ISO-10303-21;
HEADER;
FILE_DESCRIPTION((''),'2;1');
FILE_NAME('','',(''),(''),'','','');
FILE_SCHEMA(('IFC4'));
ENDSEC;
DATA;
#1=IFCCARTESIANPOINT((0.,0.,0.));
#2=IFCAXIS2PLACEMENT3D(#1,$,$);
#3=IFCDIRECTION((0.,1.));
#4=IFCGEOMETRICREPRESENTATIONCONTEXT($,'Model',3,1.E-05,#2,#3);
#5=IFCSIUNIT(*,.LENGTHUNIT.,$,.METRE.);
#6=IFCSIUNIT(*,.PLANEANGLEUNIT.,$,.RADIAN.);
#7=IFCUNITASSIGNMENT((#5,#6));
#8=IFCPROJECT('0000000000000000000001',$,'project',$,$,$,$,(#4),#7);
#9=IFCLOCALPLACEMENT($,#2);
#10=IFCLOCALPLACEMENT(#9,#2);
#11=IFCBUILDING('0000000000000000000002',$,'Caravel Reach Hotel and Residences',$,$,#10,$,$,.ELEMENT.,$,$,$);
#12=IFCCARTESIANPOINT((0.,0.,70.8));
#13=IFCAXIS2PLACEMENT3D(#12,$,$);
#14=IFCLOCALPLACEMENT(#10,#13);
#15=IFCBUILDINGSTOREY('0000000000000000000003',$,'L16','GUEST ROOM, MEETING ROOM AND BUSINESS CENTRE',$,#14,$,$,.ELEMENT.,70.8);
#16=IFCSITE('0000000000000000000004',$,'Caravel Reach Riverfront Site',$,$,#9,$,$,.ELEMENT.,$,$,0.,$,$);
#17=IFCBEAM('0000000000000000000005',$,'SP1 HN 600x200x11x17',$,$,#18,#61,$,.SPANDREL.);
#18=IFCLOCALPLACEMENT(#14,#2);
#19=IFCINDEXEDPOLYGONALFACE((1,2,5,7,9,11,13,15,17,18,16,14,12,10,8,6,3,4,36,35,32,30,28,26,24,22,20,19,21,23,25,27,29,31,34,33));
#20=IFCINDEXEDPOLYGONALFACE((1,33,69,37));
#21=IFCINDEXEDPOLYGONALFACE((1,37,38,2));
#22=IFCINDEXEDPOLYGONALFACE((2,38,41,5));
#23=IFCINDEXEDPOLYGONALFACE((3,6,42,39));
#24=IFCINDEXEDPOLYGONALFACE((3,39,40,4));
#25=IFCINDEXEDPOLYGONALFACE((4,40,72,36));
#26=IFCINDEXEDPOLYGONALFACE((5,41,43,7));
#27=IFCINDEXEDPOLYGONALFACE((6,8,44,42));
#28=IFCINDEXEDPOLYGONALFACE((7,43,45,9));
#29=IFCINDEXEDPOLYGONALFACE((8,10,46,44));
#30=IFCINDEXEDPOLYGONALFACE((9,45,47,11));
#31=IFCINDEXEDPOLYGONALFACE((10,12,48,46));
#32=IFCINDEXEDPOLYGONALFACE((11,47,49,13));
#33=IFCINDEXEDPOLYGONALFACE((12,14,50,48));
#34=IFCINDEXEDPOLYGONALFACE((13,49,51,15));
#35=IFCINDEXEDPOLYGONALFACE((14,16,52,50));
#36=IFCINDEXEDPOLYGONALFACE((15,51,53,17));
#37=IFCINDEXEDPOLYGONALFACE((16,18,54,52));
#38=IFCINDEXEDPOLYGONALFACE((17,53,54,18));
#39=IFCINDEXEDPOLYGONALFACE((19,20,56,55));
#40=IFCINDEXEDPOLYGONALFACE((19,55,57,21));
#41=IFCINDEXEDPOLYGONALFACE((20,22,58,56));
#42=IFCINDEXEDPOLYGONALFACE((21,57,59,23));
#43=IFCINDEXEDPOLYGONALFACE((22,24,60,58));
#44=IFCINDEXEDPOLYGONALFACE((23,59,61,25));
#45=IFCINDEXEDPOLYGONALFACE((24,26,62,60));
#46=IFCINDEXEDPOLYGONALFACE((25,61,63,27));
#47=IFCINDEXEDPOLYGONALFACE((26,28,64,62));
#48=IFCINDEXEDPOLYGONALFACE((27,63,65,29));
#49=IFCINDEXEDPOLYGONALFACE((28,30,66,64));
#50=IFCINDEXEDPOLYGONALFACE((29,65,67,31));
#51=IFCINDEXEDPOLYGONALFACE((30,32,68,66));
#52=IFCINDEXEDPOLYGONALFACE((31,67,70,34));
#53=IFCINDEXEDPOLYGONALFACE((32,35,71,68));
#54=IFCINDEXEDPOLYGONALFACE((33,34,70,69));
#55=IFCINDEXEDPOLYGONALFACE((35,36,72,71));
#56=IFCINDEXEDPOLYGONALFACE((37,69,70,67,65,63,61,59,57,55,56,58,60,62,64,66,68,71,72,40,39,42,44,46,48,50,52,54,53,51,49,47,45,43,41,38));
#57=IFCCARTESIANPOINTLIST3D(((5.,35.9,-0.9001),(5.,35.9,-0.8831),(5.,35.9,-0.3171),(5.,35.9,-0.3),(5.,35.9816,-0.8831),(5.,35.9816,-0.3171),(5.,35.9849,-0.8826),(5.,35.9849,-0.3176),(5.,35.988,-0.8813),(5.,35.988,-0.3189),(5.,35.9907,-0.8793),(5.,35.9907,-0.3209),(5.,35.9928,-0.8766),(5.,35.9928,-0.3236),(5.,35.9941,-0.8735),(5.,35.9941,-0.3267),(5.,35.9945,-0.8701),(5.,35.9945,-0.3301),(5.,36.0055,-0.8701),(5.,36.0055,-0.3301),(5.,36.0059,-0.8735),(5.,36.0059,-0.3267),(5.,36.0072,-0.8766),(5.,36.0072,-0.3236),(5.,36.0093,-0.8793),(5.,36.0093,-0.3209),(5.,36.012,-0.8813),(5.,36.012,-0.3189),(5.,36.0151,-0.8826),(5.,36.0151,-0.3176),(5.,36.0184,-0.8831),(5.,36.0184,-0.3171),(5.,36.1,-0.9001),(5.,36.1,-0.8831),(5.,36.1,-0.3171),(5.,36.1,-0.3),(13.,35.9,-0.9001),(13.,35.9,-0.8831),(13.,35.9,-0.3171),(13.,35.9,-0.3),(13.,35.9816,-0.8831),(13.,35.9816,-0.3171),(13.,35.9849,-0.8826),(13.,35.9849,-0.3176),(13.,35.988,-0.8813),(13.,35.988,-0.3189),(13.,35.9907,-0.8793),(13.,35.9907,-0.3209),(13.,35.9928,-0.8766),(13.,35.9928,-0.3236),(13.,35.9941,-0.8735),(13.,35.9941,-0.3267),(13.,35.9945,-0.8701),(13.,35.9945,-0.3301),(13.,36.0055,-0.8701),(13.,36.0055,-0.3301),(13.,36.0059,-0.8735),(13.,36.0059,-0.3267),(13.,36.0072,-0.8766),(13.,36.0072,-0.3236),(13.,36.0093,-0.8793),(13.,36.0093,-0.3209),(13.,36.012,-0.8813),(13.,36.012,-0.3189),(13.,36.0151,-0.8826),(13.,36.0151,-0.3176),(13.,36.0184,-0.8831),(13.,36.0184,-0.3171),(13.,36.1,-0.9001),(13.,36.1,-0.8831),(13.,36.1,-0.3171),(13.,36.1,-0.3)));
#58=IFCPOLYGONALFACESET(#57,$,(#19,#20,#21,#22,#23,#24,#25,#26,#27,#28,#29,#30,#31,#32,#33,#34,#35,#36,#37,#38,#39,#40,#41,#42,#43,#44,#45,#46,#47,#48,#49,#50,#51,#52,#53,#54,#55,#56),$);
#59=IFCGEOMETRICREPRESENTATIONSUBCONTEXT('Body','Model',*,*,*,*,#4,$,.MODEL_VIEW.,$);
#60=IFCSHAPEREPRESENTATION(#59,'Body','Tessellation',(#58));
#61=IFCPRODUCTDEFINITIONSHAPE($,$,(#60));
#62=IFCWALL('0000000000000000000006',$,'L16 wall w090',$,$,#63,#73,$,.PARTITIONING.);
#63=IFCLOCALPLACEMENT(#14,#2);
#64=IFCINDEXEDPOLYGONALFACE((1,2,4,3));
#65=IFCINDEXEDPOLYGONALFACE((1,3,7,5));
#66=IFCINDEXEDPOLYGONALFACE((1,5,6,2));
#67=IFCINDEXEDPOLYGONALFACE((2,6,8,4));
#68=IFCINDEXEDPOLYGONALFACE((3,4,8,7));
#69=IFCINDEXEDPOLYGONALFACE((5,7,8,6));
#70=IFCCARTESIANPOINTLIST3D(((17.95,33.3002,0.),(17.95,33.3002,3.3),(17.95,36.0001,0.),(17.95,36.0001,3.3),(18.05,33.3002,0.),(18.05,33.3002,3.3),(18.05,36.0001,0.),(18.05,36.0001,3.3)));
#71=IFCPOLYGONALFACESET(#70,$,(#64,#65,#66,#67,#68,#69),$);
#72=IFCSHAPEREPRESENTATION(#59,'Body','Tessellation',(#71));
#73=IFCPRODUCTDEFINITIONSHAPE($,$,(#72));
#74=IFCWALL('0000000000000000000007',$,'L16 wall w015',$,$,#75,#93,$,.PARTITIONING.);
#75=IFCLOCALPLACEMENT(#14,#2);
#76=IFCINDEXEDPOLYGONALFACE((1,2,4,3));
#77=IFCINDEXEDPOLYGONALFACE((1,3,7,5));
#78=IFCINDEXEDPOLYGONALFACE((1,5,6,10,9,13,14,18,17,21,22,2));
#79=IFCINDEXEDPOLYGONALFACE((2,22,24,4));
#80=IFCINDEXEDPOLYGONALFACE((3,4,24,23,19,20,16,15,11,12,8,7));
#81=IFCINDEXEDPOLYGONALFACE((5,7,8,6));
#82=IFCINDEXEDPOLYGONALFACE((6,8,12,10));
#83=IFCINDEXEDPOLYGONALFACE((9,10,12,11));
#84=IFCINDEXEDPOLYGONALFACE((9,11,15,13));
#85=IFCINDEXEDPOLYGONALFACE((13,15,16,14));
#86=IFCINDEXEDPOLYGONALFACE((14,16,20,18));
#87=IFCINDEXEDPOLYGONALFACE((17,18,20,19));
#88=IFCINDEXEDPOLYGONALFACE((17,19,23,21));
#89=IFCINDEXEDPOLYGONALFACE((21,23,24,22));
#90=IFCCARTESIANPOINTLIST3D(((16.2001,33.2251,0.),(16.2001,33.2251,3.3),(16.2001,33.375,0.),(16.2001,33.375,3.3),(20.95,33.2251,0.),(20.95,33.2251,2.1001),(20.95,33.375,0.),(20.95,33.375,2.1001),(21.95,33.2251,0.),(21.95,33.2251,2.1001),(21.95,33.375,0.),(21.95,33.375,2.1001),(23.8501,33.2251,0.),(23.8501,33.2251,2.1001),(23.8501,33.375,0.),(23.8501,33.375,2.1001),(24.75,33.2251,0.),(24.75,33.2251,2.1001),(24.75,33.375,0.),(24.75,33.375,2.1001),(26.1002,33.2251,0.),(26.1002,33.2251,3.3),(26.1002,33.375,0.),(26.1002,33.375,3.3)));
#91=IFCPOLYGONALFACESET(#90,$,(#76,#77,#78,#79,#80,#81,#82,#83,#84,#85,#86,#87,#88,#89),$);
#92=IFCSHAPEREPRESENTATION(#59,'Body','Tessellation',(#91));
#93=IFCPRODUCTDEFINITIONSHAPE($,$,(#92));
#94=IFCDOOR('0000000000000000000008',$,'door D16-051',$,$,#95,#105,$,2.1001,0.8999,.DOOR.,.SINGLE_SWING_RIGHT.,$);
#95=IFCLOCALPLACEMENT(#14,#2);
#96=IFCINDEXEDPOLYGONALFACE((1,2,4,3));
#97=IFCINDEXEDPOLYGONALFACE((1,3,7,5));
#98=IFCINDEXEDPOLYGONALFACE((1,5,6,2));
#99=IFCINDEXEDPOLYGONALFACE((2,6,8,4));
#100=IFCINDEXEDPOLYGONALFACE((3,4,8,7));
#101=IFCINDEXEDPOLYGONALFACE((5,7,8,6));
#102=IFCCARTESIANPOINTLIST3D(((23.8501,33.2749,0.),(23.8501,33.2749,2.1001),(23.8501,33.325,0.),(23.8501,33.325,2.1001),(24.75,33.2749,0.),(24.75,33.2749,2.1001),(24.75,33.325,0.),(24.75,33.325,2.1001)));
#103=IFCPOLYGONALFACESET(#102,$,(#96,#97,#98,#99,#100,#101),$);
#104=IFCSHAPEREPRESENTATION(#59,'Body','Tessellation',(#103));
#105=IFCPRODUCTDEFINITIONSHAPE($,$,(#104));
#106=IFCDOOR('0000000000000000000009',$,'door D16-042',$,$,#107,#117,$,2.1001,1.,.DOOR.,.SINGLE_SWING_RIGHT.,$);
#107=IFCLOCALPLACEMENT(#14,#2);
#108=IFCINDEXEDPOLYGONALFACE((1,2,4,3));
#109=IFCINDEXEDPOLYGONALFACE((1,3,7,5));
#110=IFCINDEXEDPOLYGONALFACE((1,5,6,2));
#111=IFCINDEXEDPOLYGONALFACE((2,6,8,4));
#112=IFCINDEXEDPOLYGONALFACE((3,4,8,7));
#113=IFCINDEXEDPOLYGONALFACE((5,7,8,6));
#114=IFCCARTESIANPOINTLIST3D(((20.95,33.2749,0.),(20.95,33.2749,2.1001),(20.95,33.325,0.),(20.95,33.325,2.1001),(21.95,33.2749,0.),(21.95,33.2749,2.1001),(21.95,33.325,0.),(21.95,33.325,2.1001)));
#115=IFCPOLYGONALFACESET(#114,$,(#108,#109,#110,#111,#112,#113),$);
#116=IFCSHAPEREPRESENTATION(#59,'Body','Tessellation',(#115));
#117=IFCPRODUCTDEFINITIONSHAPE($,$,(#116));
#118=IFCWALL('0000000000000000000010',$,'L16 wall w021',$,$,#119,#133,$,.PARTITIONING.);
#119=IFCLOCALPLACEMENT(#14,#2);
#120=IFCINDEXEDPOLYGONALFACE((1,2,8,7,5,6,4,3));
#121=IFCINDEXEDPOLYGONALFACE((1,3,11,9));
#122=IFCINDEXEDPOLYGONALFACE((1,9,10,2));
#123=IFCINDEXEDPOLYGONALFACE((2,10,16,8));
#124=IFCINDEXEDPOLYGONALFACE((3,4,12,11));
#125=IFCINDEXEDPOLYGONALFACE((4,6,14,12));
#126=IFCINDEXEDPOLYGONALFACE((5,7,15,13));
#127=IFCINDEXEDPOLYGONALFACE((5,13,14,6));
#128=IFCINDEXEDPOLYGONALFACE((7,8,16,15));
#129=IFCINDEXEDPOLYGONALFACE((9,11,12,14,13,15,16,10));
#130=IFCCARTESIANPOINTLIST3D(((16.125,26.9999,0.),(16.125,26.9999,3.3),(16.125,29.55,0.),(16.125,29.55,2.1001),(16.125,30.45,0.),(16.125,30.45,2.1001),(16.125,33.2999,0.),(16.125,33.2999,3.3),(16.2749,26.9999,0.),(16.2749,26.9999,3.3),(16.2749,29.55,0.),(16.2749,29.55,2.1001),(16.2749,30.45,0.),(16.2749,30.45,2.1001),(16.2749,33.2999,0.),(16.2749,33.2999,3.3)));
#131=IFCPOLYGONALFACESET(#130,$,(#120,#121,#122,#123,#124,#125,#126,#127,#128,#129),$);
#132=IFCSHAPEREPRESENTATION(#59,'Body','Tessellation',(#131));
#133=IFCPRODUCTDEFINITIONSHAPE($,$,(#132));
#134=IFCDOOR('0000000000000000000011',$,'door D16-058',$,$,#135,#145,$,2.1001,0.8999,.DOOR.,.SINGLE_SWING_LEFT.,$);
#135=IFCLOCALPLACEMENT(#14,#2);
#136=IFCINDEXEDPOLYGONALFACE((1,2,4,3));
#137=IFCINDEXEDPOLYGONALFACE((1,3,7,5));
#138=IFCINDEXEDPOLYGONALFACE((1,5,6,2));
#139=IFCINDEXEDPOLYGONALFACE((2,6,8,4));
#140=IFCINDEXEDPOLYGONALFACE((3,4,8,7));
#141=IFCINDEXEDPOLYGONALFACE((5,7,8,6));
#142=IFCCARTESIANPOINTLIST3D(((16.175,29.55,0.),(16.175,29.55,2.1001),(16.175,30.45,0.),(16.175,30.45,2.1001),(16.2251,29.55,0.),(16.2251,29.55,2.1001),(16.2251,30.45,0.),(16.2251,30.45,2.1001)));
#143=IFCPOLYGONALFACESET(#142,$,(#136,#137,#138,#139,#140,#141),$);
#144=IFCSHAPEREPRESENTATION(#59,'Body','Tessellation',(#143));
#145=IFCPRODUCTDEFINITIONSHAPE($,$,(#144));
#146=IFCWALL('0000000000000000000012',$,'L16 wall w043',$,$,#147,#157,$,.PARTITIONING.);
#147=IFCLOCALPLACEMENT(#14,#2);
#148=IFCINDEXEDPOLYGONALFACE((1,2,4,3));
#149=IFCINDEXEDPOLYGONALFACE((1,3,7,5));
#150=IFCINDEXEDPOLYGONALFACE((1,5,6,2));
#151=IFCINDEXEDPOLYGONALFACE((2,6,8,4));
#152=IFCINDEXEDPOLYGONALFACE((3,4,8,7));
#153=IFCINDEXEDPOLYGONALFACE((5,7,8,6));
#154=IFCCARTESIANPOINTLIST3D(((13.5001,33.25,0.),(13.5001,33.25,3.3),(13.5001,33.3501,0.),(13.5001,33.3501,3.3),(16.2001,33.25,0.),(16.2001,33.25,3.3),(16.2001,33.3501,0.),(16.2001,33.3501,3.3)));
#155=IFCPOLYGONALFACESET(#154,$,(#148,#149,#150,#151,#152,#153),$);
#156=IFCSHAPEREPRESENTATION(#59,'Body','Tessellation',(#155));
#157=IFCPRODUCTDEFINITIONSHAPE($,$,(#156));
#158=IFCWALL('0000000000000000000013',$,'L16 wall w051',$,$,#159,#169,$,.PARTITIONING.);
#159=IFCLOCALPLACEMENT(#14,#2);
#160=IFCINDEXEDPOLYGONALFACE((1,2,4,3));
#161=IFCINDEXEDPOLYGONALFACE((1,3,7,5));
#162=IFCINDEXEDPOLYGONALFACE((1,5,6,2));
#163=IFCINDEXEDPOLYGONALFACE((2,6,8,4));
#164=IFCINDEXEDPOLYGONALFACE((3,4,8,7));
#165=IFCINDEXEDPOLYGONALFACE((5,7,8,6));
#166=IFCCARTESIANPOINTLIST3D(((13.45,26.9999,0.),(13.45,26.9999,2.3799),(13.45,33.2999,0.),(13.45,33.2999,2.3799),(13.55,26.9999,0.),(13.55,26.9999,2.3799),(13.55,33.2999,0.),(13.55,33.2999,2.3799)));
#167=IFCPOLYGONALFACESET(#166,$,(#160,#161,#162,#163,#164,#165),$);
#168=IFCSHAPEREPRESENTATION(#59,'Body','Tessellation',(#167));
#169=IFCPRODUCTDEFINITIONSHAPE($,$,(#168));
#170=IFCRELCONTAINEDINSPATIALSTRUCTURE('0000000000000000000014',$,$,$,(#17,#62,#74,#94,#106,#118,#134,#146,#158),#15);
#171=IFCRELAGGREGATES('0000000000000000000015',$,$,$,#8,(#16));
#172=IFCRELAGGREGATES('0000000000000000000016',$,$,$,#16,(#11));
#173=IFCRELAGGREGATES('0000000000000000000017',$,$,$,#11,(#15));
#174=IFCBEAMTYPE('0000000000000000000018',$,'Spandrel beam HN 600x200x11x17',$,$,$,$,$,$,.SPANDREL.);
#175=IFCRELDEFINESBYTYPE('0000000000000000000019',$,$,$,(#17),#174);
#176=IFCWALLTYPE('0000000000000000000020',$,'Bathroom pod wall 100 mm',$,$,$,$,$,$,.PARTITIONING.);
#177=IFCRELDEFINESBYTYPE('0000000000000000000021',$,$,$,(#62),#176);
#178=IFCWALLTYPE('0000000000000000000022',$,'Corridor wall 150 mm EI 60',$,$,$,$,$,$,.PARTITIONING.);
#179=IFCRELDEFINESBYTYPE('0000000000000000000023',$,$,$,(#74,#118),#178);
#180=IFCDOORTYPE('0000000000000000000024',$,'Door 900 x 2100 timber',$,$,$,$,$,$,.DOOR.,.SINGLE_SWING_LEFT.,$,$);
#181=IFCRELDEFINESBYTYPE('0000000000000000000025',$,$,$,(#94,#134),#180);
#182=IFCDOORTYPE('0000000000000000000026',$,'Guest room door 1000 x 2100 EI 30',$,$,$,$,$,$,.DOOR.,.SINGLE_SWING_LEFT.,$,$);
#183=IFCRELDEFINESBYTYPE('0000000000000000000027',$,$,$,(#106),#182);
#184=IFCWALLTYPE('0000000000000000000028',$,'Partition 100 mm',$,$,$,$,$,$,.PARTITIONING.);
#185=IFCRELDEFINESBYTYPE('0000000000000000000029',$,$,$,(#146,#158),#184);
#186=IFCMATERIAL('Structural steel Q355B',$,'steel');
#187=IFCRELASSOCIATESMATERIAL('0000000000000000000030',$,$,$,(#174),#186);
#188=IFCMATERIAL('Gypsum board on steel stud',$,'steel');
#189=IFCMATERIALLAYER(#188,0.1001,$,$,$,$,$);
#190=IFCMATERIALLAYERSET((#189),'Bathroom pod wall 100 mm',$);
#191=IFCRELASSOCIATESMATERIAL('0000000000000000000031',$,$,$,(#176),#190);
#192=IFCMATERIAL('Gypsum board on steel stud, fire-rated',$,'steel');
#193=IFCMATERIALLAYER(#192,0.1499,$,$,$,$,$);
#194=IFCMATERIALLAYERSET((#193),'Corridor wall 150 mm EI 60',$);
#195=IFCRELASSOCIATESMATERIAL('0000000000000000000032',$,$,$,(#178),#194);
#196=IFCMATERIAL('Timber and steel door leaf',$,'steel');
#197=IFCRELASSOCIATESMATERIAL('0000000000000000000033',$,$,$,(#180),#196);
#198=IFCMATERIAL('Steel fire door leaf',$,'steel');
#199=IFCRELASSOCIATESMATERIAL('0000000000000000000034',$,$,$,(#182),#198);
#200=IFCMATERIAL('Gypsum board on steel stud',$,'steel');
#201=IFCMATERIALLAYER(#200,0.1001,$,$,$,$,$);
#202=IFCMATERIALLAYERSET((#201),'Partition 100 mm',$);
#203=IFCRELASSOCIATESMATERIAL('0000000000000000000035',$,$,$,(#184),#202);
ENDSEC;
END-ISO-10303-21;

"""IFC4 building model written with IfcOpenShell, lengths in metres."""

from ifc_helpers import new_model, si_unit, direction, frame, frame_2d, origin, origin_2d, place, context, subcontext, project, spatial, rectangle, i_section, extrude, material, layer, layer_set, material_profile, profile_set, type_object, element, fill, save


model = new_model("IFC4")

# Units and contexts
model_context = context("Model", 3, precision=1e-05, world=origin(), true_north=direction((0.0, 1.0)))
body_context = subcontext(model_context, "Body", "Model", "MODEL_VIEW")
ifc_project = project(units=[si_unit("LENGTHUNIT", "METRE"), si_unit("PLANEANGLEUNIT", "RADIAN")], contexts=[model_context])

# Site, building, storey
site_placement = place(None, origin())
site = spatial("IfcSite", under=ifc_project, at=site_placement, Name="Caravel Reach Riverfront Site", CompositionType="ELEMENT", RefElevation=0.0)
building_placement = place(site_placement, origin())
building = spatial("IfcBuilding", under=site, at=building_placement, Name="Caravel Reach Hotel and Residences", CompositionType="ELEMENT")
storey_placement = place(building_placement, frame((0.0, 0.0, 70.8)))
storey = spatial("IfcBuildingStorey", under=building, at=storey_placement, Name="L16", Description="GUEST ROOM, MEETING ROOM AND BUSINESS CENTRE", CompositionType="ELEMENT", Elevation=70.8)

# Beam
ifc_material_1 = material(Name="Structural steel Q355B", Category="steel")
ifc_material_profile_1 = material_profile(ifc_material_1, i_section(OverallWidth=0.2, OverallDepth=0.6001, WebThickness=0.011, FlangeThickness=0.0171, FilletRadius=0.0129, at=origin_2d()), Name="HN 600x200x11x17")
ifc_profile_set_1 = profile_set([ifc_material_profile_1], Name="Structural steel Q355B")
beam_type_1 = type_object("IfcBeamType", Name="Spandrel beam HN 600x200x11x17", PredefinedType="SPANDREL", material=ifc_profile_set_1)
beam_1_placement = place(storey_placement, frame((13.0, 36.0, -0.6001), z_axis=(-1.0, 0.0, 0.0), x_axis=(0.0, -1.0, 0.0)))
element("IfcBeam", 1, at=beam_1_placement, inside=storey, type_object=beam_type_1, Name="SP1 HN 600x200x11x17", PredefinedType="SPANDREL", context=body_context, shape_type="SweptSolid", body=[
    extrude(i_section(OverallWidth=0.2, OverallDepth=0.6001, WebThickness=0.011, FlangeThickness=0.0171, FilletRadius=0.0129, at=origin_2d()), origin(), (0.0, 0.0, 1.0), 8.0),
])

# Wall
ifc_material_2 = material(Name="Gypsum board on steel stud", Category="steel")
ifc_layer_1 = layer(ifc_material_2, 0.1001)
ifc_layer_set_1 = layer_set([ifc_layer_1], Name="Bathroom pod wall 100 mm")
wall_type_1 = type_object("IfcWallType", Name="Bathroom pod wall 100 mm", PredefinedType="PARTITIONING", material=ifc_layer_set_1)
wall_1_placement = place(storey_placement, frame((18.0, 33.3, 0.0), z_axis=(0.0, 0.0, 1.0), x_axis=(0.0, 1.0, 0.0)))
element("IfcWall", 2, at=wall_1_placement, inside=storey, type_object=wall_type_1, Name="L16 wall w090", PredefinedType="PARTITIONING", context=body_context, shape_type="SweptSolid", body=[
    extrude(rectangle(XDim=2.7, YDim=0.1001, at=frame_2d((1.3501, 0.0))), origin(), (0.0, 0.0, 1.0), 3.3),
])

# Wall, openings, doors
ifc_material_3 = material(Name="Gypsum board on steel stud, fire-rated", Category="steel")
ifc_layer_2 = layer(ifc_material_3, 0.1499)
ifc_layer_set_2 = layer_set([ifc_layer_2], Name="Corridor wall 150 mm EI 60")
wall_type_2 = type_object("IfcWallType", Name="Corridor wall 150 mm EI 60", PredefinedType="PARTITIONING", material=ifc_layer_set_2)
wall_2_placement = place(storey_placement, frame((16.2, 33.3, 0.0), z_axis=(0.0, 0.0, 1.0), x_axis=(1.0, 0.0, 0.0)))
wall_2 = element("IfcWall", 3, at=wall_2_placement, inside=storey, type_object=wall_type_2, Name="L16 wall w015", PredefinedType="PARTITIONING", context=body_context, shape_type="SweptSolid", body=[
    extrude(rectangle(XDim=9.9001, YDim=0.1499, at=frame_2d((4.9502, 0.0))), origin(), (0.0, 0.0, 1.0), 3.3),
])
opening_1_placement = place(wall_2_placement, frame((4.75, 0.0, 0.0)))
opening_1 = element("IfcOpeningElement", 4, at=opening_1_placement, cuts=wall_2, PredefinedType="OPENING", context=body_context, shape_type="SweptSolid", body=[
    extrude(rectangle(XDim=1.0, YDim=2.1001, at=frame_2d((0.5, 1.05))), frame((0.0, 0.085, 0.0), z_axis=(0.0, -1.0, 0.0), x_axis=(1.0, 0.0, 0.0)), (0.0, 0.0, 1.0), 0.1699),
])
opening_2_placement = place(wall_2_placement, frame((7.6501, 0.0, 0.0)))
opening_2 = element("IfcOpeningElement", 5, at=opening_2_placement, cuts=wall_2, PredefinedType="OPENING", context=body_context, shape_type="SweptSolid", body=[
    extrude(rectangle(XDim=0.8999, YDim=2.1001, at=frame_2d((0.45, 1.05))), frame((0.0, 0.085, 0.0), z_axis=(0.0, -1.0, 0.0), x_axis=(1.0, 0.0, 0.0)), (0.0, 0.0, 1.0), 0.1699),
])
ifc_material_4 = material(Name="Timber and steel door leaf", Category="steel")
door_type_1 = type_object("IfcDoorType", Name="Door 900 x 2100 timber", OperationType="SINGLE_SWING_LEFT", PredefinedType="DOOR", material=ifc_material_4)
door_1_placement = place(opening_2_placement, origin())
door_1 = element("IfcDoor", 6, at=door_1_placement, inside=storey, type_object=door_type_1, Name="door D16-051", OperationType="SINGLE_SWING_RIGHT", OverallHeight=2.1001, OverallWidth=0.8999, PredefinedType="DOOR", context=body_context, shape_type="SweptSolid", body=[
    extrude(rectangle(XDim=0.8999, YDim=2.1001, at=frame_2d((0.45, 1.05))), frame((0.0, 0.0249, 0.0), z_axis=(0.0, -1.0, 0.0), x_axis=(1.0, 0.0, 0.0)), (0.0, 0.0, 1.0), 0.05),
])
fill(opening_2, door_1)
ifc_material_5 = material(Name="Steel fire door leaf", Category="steel")
door_type_2 = type_object("IfcDoorType", Name="Guest room door 1000 x 2100 EI 30", OperationType="SINGLE_SWING_LEFT", PredefinedType="DOOR", material=ifc_material_5)
door_2_placement = place(opening_1_placement, origin())
door_2 = element("IfcDoor", 7, at=door_2_placement, inside=storey, type_object=door_type_2, Name="door D16-042", OperationType="SINGLE_SWING_RIGHT", OverallHeight=2.1001, OverallWidth=1.0, PredefinedType="DOOR", context=body_context, shape_type="SweptSolid", body=[
    extrude(rectangle(XDim=1.0, YDim=2.1001, at=frame_2d((0.5, 1.05))), frame((0.0, 0.0249, 0.0), z_axis=(0.0, -1.0, 0.0), x_axis=(1.0, 0.0, 0.0)), (0.0, 0.0, 1.0), 0.05),
])
fill(opening_1, door_2)

# Wall, opening, door
wall_3_placement = place(storey_placement, frame((16.2, 27.0, 0.0), z_axis=(0.0, 0.0, 1.0), x_axis=(0.0, 1.0, 0.0)))
wall_3 = element("IfcWall", 8, at=wall_3_placement, inside=storey, type_object=wall_type_2, Name="L16 wall w021", PredefinedType="PARTITIONING", context=body_context, shape_type="SweptSolid", body=[
    extrude(rectangle(XDim=6.3, YDim=0.1499, at=frame_2d((3.1499, 0.0))), origin(), (0.0, 0.0, 1.0), 3.3),
])
opening_3_placement = place(wall_3_placement, frame((2.55, 0.0, 0.0)))
opening_3 = element("IfcOpeningElement", 9, at=opening_3_placement, cuts=wall_3, PredefinedType="OPENING", context=body_context, shape_type="SweptSolid", body=[
    extrude(rectangle(XDim=0.8999, YDim=2.1001, at=frame_2d((0.45, 1.05))), frame((0.0, 0.085, 0.0), z_axis=(0.0, -1.0, 0.0), x_axis=(1.0, 0.0, 0.0)), (0.0, 0.0, 1.0), 0.1699),
])
door_3_placement = place(opening_3_placement, origin())
door_3 = element("IfcDoor", 10, at=door_3_placement, inside=storey, type_object=door_type_1, Name="door D16-058", OperationType="SINGLE_SWING_LEFT", OverallHeight=2.1001, OverallWidth=0.8999, PredefinedType="DOOR", context=body_context, shape_type="SweptSolid", body=[
    extrude(rectangle(XDim=0.8999, YDim=2.1001, at=frame_2d((0.45, 1.05))), frame((0.0, 0.0249, 0.0), z_axis=(0.0, -1.0, 0.0), x_axis=(1.0, 0.0, 0.0)), (0.0, 0.0, 1.0), 0.05),
])
fill(opening_3, door_3)

# Walls
ifc_material_6 = material(Name="Gypsum board on steel stud", Category="steel")
ifc_layer_3 = layer(ifc_material_6, 0.1001)
ifc_layer_set_3 = layer_set([ifc_layer_3], Name="Partition 100 mm")
wall_type_3 = type_object("IfcWallType", Name="Partition 100 mm", PredefinedType="PARTITIONING", material=ifc_layer_set_3)
wall_4_placement = place(storey_placement, frame((13.5, 33.3, 0.0), z_axis=(0.0, 0.0, 1.0), x_axis=(1.0, 0.0, 0.0)))
element("IfcWall", 11, at=wall_4_placement, inside=storey, type_object=wall_type_3, Name="L16 wall w043", PredefinedType="PARTITIONING", context=body_context, shape_type="SweptSolid", body=[
    extrude(rectangle(XDim=2.7, YDim=0.1001, at=frame_2d((1.3501, 0.0))), origin(), (0.0, 0.0, 1.0), 3.3),
])
wall_5_placement = place(storey_placement, frame((13.5, 27.0, 0.0), z_axis=(0.0, 0.0, 1.0), x_axis=(0.0, 1.0, 0.0)))
element("IfcWall", 12, at=wall_5_placement, inside=storey, type_object=wall_type_3, Name="L16 wall w051", PredefinedType="PARTITIONING", context=body_context, shape_type="SweptSolid", body=[
    extrude(rectangle(XDim=6.3, YDim=0.1001, at=frame_2d((3.1499, 0.0))), origin(), (0.0, 0.0, 1.0), 2.3799),
])

save(model, "model.ifc")
